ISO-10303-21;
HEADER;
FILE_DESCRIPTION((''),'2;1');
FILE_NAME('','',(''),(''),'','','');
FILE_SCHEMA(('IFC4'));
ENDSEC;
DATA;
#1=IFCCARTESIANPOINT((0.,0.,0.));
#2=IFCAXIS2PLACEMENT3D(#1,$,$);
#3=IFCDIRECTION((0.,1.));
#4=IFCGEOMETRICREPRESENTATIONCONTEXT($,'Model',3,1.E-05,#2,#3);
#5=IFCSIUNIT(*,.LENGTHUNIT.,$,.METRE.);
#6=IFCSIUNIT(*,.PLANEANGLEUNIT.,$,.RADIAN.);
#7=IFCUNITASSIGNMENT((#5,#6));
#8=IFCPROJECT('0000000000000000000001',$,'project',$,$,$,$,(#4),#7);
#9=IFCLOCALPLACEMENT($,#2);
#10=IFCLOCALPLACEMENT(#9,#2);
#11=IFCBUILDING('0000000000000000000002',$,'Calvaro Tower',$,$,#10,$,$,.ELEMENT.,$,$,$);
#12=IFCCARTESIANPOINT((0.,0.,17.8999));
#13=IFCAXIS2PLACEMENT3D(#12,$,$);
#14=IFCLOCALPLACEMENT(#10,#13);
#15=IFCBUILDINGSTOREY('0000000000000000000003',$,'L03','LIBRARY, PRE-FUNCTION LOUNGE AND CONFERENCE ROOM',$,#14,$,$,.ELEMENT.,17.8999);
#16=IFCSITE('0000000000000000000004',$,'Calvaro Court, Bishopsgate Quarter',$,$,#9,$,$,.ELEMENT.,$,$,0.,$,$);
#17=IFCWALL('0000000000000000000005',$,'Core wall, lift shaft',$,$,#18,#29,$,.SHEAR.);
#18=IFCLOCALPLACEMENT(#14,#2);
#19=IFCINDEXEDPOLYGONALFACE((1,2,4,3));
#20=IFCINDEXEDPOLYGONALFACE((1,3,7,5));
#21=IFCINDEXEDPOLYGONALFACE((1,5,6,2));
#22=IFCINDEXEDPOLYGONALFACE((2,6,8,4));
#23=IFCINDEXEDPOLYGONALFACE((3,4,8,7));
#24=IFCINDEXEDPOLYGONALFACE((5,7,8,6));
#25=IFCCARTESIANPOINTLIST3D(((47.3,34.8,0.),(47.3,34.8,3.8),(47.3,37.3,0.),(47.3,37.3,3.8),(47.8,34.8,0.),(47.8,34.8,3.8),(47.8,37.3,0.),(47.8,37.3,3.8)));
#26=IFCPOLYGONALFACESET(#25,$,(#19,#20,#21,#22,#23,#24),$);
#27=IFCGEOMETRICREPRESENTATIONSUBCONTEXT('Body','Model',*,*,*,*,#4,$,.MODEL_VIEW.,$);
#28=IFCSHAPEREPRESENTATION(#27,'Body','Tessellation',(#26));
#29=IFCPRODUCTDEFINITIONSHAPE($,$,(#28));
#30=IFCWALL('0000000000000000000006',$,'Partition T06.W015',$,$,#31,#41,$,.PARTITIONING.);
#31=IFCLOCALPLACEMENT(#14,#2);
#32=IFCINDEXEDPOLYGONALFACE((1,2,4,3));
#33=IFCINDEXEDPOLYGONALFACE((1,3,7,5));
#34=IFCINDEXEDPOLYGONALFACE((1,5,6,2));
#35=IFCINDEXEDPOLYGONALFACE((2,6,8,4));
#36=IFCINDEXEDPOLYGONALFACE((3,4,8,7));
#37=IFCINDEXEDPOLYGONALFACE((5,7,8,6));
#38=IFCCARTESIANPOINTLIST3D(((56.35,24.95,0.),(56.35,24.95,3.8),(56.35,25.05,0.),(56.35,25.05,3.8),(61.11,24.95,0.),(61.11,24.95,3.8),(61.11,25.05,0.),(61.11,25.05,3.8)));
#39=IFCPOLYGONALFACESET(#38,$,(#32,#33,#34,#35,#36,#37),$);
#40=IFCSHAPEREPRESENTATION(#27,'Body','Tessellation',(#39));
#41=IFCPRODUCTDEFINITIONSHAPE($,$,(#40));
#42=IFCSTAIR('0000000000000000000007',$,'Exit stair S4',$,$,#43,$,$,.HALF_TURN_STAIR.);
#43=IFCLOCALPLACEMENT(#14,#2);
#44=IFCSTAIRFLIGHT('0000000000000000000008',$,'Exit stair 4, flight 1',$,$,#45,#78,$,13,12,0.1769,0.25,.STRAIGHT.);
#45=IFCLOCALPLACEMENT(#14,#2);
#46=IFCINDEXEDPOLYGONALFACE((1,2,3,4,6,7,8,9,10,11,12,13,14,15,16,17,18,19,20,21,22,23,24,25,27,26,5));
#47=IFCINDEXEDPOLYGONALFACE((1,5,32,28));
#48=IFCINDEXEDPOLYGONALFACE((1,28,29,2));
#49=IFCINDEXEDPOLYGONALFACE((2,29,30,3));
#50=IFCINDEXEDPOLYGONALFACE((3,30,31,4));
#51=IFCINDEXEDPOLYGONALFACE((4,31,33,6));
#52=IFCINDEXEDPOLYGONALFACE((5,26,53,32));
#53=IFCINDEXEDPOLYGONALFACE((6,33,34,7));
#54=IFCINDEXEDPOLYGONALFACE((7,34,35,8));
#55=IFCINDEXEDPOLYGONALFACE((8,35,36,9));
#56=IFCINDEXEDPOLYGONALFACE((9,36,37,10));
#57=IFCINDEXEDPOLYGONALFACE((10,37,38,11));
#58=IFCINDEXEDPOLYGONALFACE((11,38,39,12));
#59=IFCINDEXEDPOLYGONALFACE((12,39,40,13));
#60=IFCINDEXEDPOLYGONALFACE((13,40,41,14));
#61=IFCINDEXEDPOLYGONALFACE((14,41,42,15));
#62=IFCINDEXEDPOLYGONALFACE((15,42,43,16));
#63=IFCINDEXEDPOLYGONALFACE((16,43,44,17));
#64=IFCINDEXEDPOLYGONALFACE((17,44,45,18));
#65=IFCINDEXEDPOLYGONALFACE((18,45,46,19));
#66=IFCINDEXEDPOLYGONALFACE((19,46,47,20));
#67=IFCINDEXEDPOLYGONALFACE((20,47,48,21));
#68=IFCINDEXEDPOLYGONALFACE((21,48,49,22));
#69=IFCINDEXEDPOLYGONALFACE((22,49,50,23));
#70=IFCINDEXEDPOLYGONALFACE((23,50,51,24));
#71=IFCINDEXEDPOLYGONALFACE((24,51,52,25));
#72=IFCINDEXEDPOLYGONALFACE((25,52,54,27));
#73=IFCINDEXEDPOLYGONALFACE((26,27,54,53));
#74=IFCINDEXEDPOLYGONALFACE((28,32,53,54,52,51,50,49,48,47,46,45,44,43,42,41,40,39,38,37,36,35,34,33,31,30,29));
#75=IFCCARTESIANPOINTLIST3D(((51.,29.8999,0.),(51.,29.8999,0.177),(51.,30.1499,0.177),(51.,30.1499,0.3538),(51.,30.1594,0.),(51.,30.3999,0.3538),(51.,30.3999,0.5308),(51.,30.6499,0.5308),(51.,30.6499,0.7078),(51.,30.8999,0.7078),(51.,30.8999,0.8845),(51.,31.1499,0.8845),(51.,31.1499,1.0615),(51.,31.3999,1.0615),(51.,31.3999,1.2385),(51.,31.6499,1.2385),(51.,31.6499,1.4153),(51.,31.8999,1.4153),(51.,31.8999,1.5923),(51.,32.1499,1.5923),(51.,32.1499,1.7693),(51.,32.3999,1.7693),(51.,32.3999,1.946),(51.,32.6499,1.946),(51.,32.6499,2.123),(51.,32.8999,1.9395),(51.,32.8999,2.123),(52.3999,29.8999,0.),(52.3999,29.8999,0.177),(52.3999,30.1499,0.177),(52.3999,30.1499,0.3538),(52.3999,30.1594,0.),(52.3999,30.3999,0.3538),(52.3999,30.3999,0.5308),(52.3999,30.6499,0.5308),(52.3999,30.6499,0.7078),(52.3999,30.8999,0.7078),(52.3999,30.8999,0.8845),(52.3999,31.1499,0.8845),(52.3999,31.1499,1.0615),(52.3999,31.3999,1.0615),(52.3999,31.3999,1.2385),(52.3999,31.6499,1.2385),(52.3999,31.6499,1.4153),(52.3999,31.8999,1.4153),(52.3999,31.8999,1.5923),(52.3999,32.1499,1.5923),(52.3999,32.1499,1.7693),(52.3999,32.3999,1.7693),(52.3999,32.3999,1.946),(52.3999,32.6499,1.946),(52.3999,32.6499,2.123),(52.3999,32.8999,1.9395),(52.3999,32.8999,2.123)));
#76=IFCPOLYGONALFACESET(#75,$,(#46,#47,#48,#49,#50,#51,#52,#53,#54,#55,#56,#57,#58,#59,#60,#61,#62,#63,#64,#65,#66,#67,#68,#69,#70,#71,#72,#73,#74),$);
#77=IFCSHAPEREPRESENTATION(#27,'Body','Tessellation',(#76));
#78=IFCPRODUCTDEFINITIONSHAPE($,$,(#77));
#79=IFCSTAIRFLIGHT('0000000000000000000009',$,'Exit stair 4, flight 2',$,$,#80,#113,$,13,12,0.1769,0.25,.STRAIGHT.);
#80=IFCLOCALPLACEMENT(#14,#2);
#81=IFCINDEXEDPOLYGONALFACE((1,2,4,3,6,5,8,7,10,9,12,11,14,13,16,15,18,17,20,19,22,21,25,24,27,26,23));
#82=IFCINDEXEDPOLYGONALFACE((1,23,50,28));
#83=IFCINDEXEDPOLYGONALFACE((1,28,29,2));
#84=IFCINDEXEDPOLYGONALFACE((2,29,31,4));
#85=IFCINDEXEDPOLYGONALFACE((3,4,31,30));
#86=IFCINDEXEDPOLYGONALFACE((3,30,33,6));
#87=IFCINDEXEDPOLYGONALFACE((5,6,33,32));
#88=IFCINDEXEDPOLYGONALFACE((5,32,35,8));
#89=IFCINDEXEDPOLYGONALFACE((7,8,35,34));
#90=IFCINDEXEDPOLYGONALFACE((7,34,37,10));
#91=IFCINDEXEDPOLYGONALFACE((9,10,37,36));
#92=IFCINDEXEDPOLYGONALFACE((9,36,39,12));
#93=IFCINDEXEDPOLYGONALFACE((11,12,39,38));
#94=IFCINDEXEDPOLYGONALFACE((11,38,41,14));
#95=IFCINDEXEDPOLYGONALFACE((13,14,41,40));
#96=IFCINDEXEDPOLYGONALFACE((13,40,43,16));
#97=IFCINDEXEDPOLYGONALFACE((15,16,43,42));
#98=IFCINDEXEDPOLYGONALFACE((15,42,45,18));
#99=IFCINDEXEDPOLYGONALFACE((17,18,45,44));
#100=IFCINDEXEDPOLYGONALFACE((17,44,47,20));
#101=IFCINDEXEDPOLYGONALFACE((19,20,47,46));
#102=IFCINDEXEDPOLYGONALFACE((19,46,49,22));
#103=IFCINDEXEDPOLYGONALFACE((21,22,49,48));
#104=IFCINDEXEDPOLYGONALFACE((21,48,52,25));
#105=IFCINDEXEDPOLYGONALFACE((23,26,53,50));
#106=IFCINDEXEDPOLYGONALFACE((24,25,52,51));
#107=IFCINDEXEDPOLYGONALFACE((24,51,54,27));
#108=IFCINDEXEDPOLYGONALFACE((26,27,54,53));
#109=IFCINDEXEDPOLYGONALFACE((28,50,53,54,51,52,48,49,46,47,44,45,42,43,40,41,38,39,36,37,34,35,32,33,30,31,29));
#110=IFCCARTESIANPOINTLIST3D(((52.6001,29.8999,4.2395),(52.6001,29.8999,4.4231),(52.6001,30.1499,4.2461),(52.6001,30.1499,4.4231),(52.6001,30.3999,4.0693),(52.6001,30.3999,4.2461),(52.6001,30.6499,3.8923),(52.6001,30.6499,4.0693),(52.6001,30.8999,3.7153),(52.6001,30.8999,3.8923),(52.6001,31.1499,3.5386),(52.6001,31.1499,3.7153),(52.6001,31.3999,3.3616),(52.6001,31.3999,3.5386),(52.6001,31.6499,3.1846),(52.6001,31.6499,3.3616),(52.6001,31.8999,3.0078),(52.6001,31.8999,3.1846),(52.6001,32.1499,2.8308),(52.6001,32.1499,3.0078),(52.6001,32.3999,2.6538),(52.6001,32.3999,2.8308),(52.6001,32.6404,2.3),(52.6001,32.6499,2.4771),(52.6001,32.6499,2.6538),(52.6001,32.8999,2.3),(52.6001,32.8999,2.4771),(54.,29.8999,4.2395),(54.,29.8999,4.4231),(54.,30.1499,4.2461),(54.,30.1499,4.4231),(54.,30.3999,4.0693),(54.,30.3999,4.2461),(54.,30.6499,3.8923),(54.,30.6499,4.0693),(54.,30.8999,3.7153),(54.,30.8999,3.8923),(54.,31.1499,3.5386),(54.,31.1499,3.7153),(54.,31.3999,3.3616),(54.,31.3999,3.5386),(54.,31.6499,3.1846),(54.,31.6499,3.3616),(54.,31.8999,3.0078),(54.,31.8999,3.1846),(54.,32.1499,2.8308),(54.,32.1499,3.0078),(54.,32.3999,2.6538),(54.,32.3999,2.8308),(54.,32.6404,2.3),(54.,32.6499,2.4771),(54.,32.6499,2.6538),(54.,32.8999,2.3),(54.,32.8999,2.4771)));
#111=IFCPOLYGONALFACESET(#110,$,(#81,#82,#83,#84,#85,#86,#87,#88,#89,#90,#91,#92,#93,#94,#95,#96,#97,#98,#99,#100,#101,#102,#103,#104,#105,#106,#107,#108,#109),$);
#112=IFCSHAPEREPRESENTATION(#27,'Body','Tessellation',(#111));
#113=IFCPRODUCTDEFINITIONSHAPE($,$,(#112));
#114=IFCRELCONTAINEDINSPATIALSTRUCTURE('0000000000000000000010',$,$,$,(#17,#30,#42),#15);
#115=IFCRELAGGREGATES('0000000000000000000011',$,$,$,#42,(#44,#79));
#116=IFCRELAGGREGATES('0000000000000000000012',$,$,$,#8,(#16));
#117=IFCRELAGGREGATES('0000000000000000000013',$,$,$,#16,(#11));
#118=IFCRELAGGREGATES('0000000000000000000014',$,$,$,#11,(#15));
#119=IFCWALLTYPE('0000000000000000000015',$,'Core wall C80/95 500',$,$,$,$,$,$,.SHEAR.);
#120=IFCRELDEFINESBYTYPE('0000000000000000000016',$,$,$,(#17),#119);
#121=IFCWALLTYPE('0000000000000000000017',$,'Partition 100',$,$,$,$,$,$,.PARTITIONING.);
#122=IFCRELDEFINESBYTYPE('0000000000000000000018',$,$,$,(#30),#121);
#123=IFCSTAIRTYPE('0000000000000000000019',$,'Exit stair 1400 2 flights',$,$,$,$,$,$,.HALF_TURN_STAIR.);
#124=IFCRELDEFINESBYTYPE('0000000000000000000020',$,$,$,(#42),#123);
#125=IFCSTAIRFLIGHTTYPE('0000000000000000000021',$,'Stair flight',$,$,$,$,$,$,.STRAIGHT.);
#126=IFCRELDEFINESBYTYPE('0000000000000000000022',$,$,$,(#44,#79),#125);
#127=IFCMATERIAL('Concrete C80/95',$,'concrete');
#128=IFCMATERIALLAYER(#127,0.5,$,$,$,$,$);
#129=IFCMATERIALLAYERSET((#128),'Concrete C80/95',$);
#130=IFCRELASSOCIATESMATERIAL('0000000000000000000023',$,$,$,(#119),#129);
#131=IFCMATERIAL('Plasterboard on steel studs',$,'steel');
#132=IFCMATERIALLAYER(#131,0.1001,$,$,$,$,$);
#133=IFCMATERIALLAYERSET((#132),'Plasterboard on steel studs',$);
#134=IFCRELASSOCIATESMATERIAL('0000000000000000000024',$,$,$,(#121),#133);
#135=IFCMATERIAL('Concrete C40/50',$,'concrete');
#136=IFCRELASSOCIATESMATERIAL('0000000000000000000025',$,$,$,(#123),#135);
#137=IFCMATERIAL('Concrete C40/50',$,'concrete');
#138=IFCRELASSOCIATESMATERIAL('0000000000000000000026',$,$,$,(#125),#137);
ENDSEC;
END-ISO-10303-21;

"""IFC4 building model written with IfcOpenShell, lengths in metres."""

from ifc_helpers import new_model, si_unit, direction, frame, frame_2d, origin, place, context, subcontext, project, spatial, polyline, rectangle, outline, extrude, material, layer, layer_set, type_object, element, aggregate, save


model = new_model("IFC4")

# Units and contexts
model_context = context("Model", 3, precision=1e-05, world=origin(), true_north=direction((0.0, 1.0)))
body_context = subcontext(model_context, "Body", "Model", "MODEL_VIEW")
ifc_project = project(units=[si_unit("LENGTHUNIT", "METRE"), si_unit("PLANEANGLEUNIT", "RADIAN")], contexts=[model_context])

# Site, building, storey
site_placement = place(None, origin())
site = spatial("IfcSite", under=ifc_project, at=site_placement, Name="Calvaro Court, Bishopsgate Quarter", CompositionType="ELEMENT", RefElevation=0.0)
building_placement = place(site_placement, origin())
building = spatial("IfcBuilding", under=site, at=building_placement, Name="Calvaro Tower", CompositionType="ELEMENT")
storey_placement = place(building_placement, frame((0.0, 0.0, 17.8999)))
storey = spatial("IfcBuildingStorey", under=building, at=storey_placement, Name="L03", Description="LIBRARY, PRE-FUNCTION LOUNGE AND CONFERENCE ROOM", CompositionType="ELEMENT", Elevation=17.8999)

# Walls
ifc_material_1 = material(Name="Concrete C80/95", Category="concrete")
ifc_layer_1 = layer(ifc_material_1, 0.5)
ifc_layer_set_1 = layer_set([ifc_layer_1], Name="Concrete C80/95")
wall_type_1 = type_object("IfcWallType", Name="Core wall C80/95 500", PredefinedType="SHEAR", material=ifc_layer_set_1)
wall_1_placement = place(storey_placement, frame((47.55, 34.8, 0.0), z_axis=(0.0, 0.0, 1.0), x_axis=(0.0, 1.0, 0.0)))
element("IfcWall", 1, at=wall_1_placement, inside=storey, type_object=wall_type_1, Name="Core wall, lift shaft", PredefinedType="SHEAR", context=body_context, shape_type="SweptSolid", body=[
    extrude(rectangle(XDim=2.5, YDim=0.5, at=frame_2d((1.25, 0.0))), origin(), (0.0, 0.0, 1.0), 3.8),
])
ifc_material_2 = material(Name="Plasterboard on steel studs", Category="steel")
ifc_layer_2 = layer(ifc_material_2, 0.1001)
ifc_layer_set_2 = layer_set([ifc_layer_2], Name="Plasterboard on steel studs")
wall_type_2 = type_object("IfcWallType", Name="Partition 100", PredefinedType="PARTITIONING", material=ifc_layer_set_2)
wall_2_placement = place(storey_placement, frame((56.3501, 25.0, 0.0), z_axis=(0.0, 0.0, 1.0), x_axis=(1.0, 0.0, 0.0)))
element("IfcWall", 2, at=wall_2_placement, inside=storey, type_object=wall_type_2, Name="Partition T06.W015", PredefinedType="PARTITIONING", context=body_context, shape_type="SweptSolid", body=[
    extrude(rectangle(XDim=4.76, YDim=0.1001, at=frame_2d((2.3799, 0.0))), origin(), (0.0, 0.0, 1.0), 3.8),
])

# Stair, stair flights
ifc_material_3 = material(Name="Concrete C40/50", Category="concrete")
stair_type = type_object("IfcStairType", Name="Exit stair 1400 2 flights", PredefinedType="HALF_TURN_STAIR", material=ifc_material_3)
stair_placement = place(storey_placement, origin())
stair = element("IfcStair", 3, at=stair_placement, inside=storey, type_object=stair_type, Name="Exit stair S4", PredefinedType="HALF_TURN_STAIR")
ifc_material_4 = material(Name="Concrete C40/50", Category="concrete")
stair_flight_type = type_object("IfcStairFlightType", Name="Stair flight", PredefinedType="STRAIGHT", material=ifc_material_4)
stair_flight_1_placement = place(storey_placement, frame((51.7, 29.8999, 0.0), z_axis=(0.0, 0.0, 1.0), x_axis=(0.0, 1.0, 0.0)))
stair_flight_1 = element("IfcStairFlight", 4, at=stair_flight_1_placement, type_object=stair_flight_type, Name="Exit stair 4, flight 1", NumberOfRisers=13, NumberOfTreads=12, PredefinedType="STRAIGHT", RiserHeight=0.1769, TreadLength=0.25, context=body_context, shape_type="SweptSolid", body=[
    extrude(outline(polyline([(0.0, 0.0), (0.0, 0.177), (0.25, 0.177), (0.25, 0.3538), (0.5, 0.3538), (0.5, 0.5308), (0.75, 0.5308), (0.75, 0.7078), (1.0, 0.7078), (1.0, 0.8845), (1.25, 0.8845), (1.25, 1.0615), (1.5, 1.0615), (1.5, 1.2385), (1.75, 1.2385), (1.75, 1.4153), (2.0, 1.4153), (2.0, 1.5923), (2.25, 1.5923), (2.25, 1.7693), (2.5, 1.7693), (2.5, 1.946), (2.75, 1.946), (2.75, 2.123), (3.0, 2.123), (3.0, 2.3), (3.0, 1.9395), (0.2595, 0.0), (0.0, 0.0)])), frame((0.0, 0.7, 0.0), z_axis=(0.0, -1.0, 0.0), x_axis=(1.0, 0.0, 0.0)), (0.0, 0.0, 1.0), 1.3999),
])
stair_flight_2_placement = place(storey_placement, frame((53.3, 32.8999, 2.3), z_axis=(0.0, 0.0, 1.0), x_axis=(0.0, -1.0, 0.0)))
stair_flight_2 = element("IfcStairFlight", 5, at=stair_flight_2_placement, type_object=stair_flight_type, Name="Exit stair 4, flight 2", NumberOfRisers=13, NumberOfTreads=12, PredefinedType="STRAIGHT", RiserHeight=0.1769, TreadLength=0.25, context=body_context, shape_type="SweptSolid", body=[
    extrude(outline(polyline([(0.0, 0.0), (0.0, 0.177), (0.25, 0.177), (0.25, 0.3538), (0.5, 0.3538), (0.5, 0.5308), (0.75, 0.5308), (0.75, 0.7078), (1.0, 0.7078), (1.0, 0.8845), (1.25, 0.8845), (1.25, 1.0615), (1.5, 1.0615), (1.5, 1.2385), (1.75, 1.2385), (1.75, 1.4153), (2.0, 1.4153), (2.0, 1.5923), (2.25, 1.5923), (2.25, 1.7693), (2.5, 1.7693), (2.5, 1.946), (2.75, 1.946), (2.75, 2.123), (3.0, 2.123), (3.0, 2.3), (3.0, 1.9395), (0.2595, 0.0), (0.0, 0.0)])), frame((0.0, 0.7, 0.0), z_axis=(0.0, -1.0, 0.0), x_axis=(1.0, 0.0, 0.0)), (0.0, 0.0, 1.0), 1.3999),
])
aggregate(stair, [stair_flight_1, stair_flight_2])

save(model, "model.ifc")
